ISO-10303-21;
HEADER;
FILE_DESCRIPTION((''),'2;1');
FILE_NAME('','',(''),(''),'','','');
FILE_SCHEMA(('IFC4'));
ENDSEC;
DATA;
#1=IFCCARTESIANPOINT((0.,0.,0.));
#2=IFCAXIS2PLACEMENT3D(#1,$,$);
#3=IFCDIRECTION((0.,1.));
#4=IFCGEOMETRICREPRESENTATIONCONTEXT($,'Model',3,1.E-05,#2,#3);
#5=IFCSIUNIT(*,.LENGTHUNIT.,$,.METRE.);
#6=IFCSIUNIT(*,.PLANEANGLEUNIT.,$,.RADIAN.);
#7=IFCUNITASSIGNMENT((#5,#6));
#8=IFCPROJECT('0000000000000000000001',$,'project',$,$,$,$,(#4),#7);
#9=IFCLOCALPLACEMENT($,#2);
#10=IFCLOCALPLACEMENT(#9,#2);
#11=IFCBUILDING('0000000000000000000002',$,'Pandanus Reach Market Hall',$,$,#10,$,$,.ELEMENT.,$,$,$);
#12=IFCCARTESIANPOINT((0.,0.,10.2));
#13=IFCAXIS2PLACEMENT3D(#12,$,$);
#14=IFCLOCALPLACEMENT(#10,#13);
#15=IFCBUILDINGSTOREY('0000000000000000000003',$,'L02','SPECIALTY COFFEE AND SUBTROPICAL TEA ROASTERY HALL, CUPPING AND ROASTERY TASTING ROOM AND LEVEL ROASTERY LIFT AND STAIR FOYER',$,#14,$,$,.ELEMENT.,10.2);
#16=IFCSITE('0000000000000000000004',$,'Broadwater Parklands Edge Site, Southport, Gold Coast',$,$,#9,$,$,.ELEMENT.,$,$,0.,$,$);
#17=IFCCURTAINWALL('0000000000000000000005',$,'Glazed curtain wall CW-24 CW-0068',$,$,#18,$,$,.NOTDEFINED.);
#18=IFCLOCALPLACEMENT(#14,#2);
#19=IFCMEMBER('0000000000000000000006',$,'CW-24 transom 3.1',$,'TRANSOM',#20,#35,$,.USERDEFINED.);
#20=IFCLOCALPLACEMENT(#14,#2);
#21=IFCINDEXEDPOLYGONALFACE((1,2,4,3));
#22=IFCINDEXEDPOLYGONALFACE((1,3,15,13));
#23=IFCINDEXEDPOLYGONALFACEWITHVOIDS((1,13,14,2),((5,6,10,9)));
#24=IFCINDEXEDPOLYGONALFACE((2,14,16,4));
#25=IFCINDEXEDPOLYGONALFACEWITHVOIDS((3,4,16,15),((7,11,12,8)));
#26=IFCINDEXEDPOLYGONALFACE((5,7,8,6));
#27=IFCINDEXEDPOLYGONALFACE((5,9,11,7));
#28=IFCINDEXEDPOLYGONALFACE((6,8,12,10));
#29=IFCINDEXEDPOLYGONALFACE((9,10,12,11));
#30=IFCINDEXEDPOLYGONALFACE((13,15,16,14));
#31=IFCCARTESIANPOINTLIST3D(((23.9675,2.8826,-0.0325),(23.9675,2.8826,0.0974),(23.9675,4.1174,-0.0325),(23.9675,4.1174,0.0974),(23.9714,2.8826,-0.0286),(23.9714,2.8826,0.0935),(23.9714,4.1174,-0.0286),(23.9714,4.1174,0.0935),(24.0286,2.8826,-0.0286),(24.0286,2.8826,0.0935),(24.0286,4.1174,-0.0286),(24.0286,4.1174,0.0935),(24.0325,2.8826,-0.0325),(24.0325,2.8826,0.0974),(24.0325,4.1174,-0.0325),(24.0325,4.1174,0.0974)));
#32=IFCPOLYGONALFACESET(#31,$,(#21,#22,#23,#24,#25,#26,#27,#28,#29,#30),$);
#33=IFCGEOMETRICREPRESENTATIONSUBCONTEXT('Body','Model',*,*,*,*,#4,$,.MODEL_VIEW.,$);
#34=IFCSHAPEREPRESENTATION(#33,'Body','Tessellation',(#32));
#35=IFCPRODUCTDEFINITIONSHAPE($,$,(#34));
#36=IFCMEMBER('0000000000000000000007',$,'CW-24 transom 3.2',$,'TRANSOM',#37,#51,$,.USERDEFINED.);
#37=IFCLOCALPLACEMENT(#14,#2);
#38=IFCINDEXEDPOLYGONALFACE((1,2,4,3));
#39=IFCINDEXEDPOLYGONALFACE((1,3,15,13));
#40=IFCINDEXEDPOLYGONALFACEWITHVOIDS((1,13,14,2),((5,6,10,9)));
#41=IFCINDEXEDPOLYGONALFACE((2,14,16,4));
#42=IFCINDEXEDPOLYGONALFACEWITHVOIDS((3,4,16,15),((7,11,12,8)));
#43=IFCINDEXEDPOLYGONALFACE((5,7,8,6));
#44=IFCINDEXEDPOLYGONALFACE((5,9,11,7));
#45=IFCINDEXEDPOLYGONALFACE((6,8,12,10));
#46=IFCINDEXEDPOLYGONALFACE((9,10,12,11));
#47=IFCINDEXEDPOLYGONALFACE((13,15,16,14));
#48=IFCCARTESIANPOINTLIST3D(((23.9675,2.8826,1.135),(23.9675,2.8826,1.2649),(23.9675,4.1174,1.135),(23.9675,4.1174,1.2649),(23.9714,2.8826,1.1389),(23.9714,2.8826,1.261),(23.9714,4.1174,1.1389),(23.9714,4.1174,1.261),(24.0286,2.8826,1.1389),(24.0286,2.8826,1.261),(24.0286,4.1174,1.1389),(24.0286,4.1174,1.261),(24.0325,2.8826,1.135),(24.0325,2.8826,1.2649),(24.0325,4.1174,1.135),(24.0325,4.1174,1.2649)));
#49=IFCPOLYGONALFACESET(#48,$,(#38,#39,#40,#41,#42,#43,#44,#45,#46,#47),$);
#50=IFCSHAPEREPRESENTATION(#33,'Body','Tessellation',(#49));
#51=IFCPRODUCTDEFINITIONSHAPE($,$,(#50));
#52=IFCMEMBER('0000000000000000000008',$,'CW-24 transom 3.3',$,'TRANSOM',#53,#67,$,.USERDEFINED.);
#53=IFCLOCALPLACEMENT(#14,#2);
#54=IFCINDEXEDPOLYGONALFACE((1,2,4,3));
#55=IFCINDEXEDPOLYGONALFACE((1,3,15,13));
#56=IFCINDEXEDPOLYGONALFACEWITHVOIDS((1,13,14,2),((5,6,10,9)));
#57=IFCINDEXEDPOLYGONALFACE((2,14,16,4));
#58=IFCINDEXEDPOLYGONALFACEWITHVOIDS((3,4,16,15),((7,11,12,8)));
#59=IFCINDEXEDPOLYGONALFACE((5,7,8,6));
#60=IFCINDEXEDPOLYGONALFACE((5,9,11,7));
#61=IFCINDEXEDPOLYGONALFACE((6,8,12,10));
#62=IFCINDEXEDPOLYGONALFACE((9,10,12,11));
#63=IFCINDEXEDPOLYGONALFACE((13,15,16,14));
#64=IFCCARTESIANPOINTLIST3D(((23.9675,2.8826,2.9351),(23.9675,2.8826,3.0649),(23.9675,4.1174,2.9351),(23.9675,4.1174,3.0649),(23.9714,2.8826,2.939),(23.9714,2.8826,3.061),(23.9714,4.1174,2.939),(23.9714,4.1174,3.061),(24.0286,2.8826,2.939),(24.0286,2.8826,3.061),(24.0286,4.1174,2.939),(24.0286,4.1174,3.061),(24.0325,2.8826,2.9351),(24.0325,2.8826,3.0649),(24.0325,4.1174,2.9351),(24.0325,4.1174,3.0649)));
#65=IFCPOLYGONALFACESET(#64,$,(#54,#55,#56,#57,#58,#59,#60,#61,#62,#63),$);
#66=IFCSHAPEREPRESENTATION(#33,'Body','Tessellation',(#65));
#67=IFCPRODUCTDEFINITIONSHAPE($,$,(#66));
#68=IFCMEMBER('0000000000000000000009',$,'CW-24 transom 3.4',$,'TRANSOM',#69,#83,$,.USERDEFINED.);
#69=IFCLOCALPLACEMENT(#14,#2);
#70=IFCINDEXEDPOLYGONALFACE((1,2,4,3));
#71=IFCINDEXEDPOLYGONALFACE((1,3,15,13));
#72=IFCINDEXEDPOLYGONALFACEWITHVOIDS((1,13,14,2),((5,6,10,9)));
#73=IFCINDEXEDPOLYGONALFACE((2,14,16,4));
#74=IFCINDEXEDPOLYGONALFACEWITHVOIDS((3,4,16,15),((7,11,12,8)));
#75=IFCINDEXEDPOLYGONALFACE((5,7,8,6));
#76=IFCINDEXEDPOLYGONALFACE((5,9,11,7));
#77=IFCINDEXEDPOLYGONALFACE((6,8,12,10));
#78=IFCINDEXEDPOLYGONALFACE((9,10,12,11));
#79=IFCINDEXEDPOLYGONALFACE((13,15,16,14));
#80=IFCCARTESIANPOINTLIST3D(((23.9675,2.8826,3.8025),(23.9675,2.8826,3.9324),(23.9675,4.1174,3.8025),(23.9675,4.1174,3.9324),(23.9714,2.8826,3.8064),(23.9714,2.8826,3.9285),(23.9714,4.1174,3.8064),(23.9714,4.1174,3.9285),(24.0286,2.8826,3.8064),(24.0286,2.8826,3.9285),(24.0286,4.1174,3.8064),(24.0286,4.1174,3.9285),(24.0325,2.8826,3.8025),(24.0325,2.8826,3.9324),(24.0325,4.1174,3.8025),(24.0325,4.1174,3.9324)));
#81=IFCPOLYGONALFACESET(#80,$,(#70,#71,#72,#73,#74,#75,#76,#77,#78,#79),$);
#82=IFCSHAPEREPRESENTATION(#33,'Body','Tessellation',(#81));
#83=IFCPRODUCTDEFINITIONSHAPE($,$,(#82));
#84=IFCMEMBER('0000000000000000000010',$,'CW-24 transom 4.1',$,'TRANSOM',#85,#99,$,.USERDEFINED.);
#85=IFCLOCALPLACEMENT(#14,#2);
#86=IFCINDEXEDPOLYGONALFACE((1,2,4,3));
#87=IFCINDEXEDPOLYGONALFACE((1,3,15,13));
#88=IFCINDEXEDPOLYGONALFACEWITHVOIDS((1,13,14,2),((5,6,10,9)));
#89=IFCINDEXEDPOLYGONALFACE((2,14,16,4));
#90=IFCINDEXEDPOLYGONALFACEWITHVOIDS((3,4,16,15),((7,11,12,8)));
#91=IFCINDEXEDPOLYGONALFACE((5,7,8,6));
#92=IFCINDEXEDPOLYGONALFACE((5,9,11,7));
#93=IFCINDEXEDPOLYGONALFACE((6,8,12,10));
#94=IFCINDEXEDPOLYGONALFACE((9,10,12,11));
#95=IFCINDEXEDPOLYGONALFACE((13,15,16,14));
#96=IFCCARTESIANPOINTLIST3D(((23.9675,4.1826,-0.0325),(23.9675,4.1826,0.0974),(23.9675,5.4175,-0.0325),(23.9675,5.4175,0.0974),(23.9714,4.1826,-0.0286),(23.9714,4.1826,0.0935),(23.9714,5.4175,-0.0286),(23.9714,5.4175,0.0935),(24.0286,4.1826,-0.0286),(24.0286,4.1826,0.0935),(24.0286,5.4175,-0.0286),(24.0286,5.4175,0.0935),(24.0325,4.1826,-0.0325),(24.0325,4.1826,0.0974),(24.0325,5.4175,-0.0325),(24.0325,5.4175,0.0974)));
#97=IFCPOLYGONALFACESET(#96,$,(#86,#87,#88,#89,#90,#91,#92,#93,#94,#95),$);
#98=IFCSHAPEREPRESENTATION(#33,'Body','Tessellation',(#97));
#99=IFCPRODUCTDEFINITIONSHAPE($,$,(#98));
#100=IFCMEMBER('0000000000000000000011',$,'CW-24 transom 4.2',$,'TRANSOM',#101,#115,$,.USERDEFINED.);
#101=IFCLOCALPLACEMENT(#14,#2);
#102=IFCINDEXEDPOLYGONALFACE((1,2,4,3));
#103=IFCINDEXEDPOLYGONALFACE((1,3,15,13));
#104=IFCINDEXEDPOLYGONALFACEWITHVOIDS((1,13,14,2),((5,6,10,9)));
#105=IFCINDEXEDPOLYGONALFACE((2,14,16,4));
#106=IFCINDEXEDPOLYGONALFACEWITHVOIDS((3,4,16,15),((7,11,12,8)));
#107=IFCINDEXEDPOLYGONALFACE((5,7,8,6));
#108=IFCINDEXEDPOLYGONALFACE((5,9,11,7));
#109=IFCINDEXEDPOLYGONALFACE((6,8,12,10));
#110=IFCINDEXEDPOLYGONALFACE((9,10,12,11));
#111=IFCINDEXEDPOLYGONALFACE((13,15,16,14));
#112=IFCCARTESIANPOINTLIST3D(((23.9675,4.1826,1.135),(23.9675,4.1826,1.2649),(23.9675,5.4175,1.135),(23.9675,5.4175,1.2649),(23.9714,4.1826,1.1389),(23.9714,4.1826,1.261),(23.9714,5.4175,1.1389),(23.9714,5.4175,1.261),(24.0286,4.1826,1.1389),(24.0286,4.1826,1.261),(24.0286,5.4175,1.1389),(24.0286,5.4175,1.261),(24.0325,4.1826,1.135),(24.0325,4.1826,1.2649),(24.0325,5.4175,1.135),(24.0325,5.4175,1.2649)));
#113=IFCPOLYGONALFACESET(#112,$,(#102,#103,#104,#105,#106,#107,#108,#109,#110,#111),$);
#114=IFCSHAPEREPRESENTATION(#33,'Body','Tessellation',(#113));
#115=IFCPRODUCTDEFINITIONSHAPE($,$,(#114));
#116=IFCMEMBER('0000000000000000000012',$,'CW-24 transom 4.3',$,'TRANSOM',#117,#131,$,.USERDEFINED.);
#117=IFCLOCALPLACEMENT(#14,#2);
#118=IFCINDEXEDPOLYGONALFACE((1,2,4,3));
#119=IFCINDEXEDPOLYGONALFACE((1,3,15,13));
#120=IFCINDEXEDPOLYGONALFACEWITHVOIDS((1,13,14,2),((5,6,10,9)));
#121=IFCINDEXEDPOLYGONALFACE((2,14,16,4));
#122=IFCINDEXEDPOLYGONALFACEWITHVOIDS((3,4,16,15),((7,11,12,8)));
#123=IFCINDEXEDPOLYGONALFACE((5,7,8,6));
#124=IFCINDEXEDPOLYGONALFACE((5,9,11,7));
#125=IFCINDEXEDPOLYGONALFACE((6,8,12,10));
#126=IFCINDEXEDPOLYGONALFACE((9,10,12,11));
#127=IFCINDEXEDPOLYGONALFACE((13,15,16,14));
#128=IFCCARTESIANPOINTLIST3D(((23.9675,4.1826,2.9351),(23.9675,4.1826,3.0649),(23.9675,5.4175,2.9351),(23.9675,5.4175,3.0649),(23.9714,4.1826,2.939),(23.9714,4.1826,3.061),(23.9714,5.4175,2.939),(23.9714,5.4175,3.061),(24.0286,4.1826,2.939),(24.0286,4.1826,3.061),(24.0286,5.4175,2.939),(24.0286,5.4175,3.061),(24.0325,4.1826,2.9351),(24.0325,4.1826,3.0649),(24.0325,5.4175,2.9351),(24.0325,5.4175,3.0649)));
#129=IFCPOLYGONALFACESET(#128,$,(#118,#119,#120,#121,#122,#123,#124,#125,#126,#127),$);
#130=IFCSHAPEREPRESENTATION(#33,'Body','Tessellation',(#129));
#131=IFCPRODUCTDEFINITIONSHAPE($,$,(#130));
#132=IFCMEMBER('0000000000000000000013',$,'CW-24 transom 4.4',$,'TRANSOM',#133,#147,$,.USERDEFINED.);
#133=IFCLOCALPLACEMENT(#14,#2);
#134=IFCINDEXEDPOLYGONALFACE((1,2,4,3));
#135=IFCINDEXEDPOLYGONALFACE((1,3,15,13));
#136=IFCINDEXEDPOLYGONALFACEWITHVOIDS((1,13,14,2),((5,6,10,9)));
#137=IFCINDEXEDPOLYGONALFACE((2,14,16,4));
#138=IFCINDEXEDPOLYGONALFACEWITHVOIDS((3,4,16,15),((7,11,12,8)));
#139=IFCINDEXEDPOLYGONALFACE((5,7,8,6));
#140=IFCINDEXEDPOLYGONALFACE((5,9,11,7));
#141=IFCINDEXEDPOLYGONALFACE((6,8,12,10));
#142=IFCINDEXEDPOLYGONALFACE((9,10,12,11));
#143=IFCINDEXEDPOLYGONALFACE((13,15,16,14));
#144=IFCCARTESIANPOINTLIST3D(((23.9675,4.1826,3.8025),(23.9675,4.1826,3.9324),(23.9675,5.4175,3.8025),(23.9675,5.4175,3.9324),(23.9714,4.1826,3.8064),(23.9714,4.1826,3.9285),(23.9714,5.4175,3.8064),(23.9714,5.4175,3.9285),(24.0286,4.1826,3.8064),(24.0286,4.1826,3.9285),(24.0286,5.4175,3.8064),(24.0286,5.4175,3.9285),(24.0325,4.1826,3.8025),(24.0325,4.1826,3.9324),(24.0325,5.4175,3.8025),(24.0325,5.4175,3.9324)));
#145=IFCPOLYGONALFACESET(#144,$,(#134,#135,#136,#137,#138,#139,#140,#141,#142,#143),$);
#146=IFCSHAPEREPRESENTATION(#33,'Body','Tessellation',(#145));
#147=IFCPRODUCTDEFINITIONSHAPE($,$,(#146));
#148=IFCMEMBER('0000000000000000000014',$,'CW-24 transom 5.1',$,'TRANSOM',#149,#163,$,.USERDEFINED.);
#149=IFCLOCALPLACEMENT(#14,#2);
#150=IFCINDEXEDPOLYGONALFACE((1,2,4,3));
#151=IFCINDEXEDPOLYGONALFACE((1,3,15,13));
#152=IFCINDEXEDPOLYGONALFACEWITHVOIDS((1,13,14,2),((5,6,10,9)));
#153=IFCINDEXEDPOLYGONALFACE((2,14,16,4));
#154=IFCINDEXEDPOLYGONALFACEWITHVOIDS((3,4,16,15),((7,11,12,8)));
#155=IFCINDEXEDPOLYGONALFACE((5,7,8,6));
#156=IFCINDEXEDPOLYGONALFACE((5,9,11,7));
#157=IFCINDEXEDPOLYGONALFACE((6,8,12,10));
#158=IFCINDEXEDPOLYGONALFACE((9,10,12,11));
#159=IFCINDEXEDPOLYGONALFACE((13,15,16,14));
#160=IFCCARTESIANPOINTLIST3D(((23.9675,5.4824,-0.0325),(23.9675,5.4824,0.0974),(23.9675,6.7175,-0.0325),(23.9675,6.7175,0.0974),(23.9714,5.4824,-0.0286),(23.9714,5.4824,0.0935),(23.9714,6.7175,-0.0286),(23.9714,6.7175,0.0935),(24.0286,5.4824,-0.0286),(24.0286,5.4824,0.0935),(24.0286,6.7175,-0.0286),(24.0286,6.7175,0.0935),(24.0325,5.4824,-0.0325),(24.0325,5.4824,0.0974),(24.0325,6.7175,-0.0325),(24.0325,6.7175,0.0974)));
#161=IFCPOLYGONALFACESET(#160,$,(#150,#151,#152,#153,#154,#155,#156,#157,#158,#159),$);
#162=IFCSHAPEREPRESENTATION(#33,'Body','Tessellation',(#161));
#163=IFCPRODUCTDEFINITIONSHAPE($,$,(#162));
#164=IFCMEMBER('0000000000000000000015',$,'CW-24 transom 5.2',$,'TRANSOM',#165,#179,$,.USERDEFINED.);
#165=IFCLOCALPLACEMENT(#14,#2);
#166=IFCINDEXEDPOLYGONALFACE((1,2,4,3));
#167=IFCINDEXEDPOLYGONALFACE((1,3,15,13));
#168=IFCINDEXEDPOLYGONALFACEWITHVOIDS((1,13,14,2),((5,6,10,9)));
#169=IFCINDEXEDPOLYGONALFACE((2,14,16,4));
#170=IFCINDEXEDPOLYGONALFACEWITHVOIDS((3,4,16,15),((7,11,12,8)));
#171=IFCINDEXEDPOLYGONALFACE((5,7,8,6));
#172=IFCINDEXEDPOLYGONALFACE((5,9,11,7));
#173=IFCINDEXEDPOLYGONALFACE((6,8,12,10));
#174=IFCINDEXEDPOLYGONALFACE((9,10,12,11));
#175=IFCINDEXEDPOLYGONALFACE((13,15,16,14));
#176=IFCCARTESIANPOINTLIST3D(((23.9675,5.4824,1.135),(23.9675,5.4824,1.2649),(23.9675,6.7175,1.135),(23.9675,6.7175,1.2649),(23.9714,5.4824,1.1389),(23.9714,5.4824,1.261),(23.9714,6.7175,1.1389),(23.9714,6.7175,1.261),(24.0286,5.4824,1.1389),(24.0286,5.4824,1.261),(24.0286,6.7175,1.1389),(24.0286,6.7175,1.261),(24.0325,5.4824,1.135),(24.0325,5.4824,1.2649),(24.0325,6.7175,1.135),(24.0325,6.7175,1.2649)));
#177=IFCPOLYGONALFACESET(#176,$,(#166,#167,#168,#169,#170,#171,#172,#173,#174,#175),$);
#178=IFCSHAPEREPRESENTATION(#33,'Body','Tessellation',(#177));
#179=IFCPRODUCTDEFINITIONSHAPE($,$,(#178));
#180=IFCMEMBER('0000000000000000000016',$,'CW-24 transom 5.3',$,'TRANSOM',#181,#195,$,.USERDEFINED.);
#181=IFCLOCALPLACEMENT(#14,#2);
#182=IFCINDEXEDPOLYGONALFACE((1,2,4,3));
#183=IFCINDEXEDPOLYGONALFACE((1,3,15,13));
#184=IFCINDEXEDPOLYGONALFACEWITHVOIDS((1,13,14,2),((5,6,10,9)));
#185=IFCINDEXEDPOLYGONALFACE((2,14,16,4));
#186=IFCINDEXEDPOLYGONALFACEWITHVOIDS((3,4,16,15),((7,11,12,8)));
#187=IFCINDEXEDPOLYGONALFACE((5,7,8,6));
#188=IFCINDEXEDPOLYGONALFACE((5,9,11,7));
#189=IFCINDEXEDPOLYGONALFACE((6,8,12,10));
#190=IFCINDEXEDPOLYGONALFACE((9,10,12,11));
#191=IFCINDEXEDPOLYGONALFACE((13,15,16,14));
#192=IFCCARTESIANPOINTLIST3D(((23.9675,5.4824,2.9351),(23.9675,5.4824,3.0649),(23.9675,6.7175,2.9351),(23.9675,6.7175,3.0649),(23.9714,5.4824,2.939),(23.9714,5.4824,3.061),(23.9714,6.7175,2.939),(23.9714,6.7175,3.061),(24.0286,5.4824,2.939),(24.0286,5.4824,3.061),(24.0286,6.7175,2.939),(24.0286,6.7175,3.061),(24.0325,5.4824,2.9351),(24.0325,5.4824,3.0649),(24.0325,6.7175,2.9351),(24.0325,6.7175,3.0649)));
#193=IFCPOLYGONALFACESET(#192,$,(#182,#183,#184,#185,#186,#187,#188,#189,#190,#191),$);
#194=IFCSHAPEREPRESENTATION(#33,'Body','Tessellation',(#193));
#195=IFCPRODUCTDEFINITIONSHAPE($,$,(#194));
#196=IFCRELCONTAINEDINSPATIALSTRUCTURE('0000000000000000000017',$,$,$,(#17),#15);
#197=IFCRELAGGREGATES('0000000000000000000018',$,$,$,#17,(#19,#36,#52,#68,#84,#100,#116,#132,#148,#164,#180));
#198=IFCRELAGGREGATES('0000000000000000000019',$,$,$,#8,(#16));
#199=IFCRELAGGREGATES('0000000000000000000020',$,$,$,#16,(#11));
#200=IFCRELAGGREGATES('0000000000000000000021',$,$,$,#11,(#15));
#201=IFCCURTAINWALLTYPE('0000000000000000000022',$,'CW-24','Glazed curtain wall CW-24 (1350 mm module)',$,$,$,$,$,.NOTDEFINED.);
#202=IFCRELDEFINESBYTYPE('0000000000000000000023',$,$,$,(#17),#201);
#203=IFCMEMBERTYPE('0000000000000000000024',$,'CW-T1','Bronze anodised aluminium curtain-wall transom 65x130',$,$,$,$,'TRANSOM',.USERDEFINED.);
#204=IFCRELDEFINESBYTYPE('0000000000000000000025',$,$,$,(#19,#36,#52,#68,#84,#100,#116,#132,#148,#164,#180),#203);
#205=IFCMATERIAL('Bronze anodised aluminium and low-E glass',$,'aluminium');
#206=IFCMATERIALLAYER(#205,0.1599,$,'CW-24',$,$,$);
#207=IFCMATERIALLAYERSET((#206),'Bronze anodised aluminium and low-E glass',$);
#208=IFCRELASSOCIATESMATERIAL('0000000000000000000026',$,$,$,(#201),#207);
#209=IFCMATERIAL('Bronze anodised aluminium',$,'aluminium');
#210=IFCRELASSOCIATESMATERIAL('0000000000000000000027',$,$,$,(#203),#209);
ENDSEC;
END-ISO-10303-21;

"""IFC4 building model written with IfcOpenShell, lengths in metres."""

from ifc_helpers import new_model, si_unit, direction, frame, origin, origin_2d, place, context, subcontext, project, spatial, hollow_rectangle, extrude, material, layer, layer_set, material_profile, profile_set, type_object, element, aggregate, save


model = new_model("IFC4")

# Units and contexts
model_context = context("Model", 3, precision=1e-05, world=origin(), true_north=direction((0.0, 1.0)))
body_context = subcontext(model_context, "Body", "Model", "MODEL_VIEW")
ifc_project = project(units=[si_unit("LENGTHUNIT", "METRE"), si_unit("PLANEANGLEUNIT", "RADIAN")], contexts=[model_context])

# Site, building, storey
site_placement = place(None, origin())
site = spatial("IfcSite", under=ifc_project, at=site_placement, Name="Broadwater Parklands Edge Site, Southport, Gold Coast", CompositionType="ELEMENT", RefElevation=0.0)
building_placement = place(site_placement, origin())
building = spatial("IfcBuilding", under=site, at=building_placement, Name="Pandanus Reach Market Hall", CompositionType="ELEMENT")
storey_placement = place(building_placement, frame((0.0, 0.0, 10.2)))
storey = spatial("IfcBuildingStorey", under=building, at=storey_placement, Name="L02", Description="SPECIALTY COFFEE AND SUBTROPICAL TEA ROASTERY HALL, CUPPING AND ROASTERY TASTING ROOM AND LEVEL ROASTERY LIFT AND STAIR FOYER", CompositionType="ELEMENT", Elevation=10.2)

# Curtain wall, members
ifc_material_1 = material(Name="Bronze anodised aluminium and low-E glass", Category="aluminium")
ifc_layer_1 = layer(ifc_material_1, 0.1599, Name="CW-24")
ifc_layer_set_1 = layer_set([ifc_layer_1], Name="Bronze anodised aluminium and low-E glass")
curtain_wall_type = type_object("IfcCurtainWallType", Name="CW-24", Description="Glazed curtain wall CW-24 (1350 mm module)", PredefinedType="NOTDEFINED", material=ifc_layer_set_1)
curtain_wall_placement = place(storey_placement, origin())
curtain_wall = element("IfcCurtainWall", 1, at=curtain_wall_placement, inside=storey, type_object=curtain_wall_type, Name="Glazed curtain wall CW-24 CW-0068", PredefinedType="NOTDEFINED")
ifc_material_2 = material(Name="Bronze anodised aluminium", Category="aluminium")
ifc_material_profile = material_profile(ifc_material_2, hollow_rectangle(XDim=0.0649, YDim=0.1299, WallThickness=0.0039, at=origin_2d()), Name="ALU65x130", Category="LoadBearing")
ifc_profile_set = profile_set([ifc_material_profile], Name="Bronze anodised aluminium")
member_type = type_object("IfcMemberType", Name="CW-T1", Description="Bronze anodised aluminium curtain-wall transom 65x130", ElementType="TRANSOM", PredefinedType="USERDEFINED", material=ifc_profile_set)
member_1_placement = place(storey_placement, frame((24.0, 2.8826, 0.0325), z_axis=(0.0, 1.0, 0.0), x_axis=(-1.0, 0.0, 0.0)))
member_1 = element("IfcMember", 2, at=member_1_placement, type_object=member_type, Name="CW-24 transom 3.1", ObjectType="TRANSOM", PredefinedType="USERDEFINED", context=body_context, shape_type="SweptSolid", body=[
    extrude(hollow_rectangle(XDim=0.0649, YDim=0.1299, WallThickness=0.0039, at=origin_2d()), origin(), (0.0, 0.0, 1.0), 1.2349),
])
member_2_placement = place(storey_placement, frame((24.0, 2.8826, 1.2), z_axis=(0.0, 1.0, 0.0), x_axis=(-1.0, 0.0, 0.0)))
member_2 = element("IfcMember", 3, at=member_2_placement, type_object=member_type, Name="CW-24 transom 3.2", ObjectType="TRANSOM", PredefinedType="USERDEFINED", context=body_context, shape_type="SweptSolid", body=[
    extrude(hollow_rectangle(XDim=0.0649, YDim=0.1299, WallThickness=0.0039, at=origin_2d()), origin(), (0.0, 0.0, 1.0), 1.2349),
])
member_3_placement = place(storey_placement, frame((24.0, 2.8826, 3.0), z_axis=(0.0, 1.0, 0.0), x_axis=(-1.0, 0.0, 0.0)))
member_3 = element("IfcMember", 4, at=member_3_placement, type_object=member_type, Name="CW-24 transom 3.3", ObjectType="TRANSOM", PredefinedType="USERDEFINED", context=body_context, shape_type="SweptSolid", body=[
    extrude(hollow_rectangle(XDim=0.0649, YDim=0.1299, WallThickness=0.0039, at=origin_2d()), origin(), (0.0, 0.0, 1.0), 1.2349),
])
member_4_placement = place(storey_placement, frame((24.0, 2.8826, 3.8674), z_axis=(0.0, 1.0, 0.0), x_axis=(-1.0, 0.0, 0.0)))
member_4 = element("IfcMember", 5, at=member_4_placement, type_object=member_type, Name="CW-24 transom 3.4", ObjectType="TRANSOM", PredefinedType="USERDEFINED", context=body_context, shape_type="SweptSolid", body=[
    extrude(hollow_rectangle(XDim=0.0649, YDim=0.1299, WallThickness=0.0039, at=origin_2d()), origin(), (0.0, 0.0, 1.0), 1.2349),
])
member_5_placement = place(storey_placement, frame((24.0, 4.1826, 0.0325), z_axis=(0.0, 1.0, 0.0), x_axis=(-1.0, 0.0, 0.0)))
member_5 = element("IfcMember", 6, at=member_5_placement, type_object=member_type, Name="CW-24 transom 4.1", ObjectType="TRANSOM", PredefinedType="USERDEFINED", context=body_context, shape_type="SweptSolid", body=[
    extrude(hollow_rectangle(XDim=0.0649, YDim=0.1299, WallThickness=0.0039, at=origin_2d()), origin(), (0.0, 0.0, 1.0), 1.2349),
])
member_6_placement = place(storey_placement, frame((24.0, 4.1826, 1.2), z_axis=(0.0, 1.0, 0.0), x_axis=(-1.0, 0.0, 0.0)))
member_6 = element("IfcMember", 7, at=member_6_placement, type_object=member_type, Name="CW-24 transom 4.2", ObjectType="TRANSOM", PredefinedType="USERDEFINED", context=body_context, shape_type="SweptSolid", body=[
    extrude(hollow_rectangle(XDim=0.0649, YDim=0.1299, WallThickness=0.0039, at=origin_2d()), origin(), (0.0, 0.0, 1.0), 1.2349),
])
member_7_placement = place(storey_placement, frame((24.0, 4.1826, 3.0), z_axis=(0.0, 1.0, 0.0), x_axis=(-1.0, 0.0, 0.0)))
member_7 = element("IfcMember", 8, at=member_7_placement, type_object=member_type, Name="CW-24 transom 4.3", ObjectType="TRANSOM", PredefinedType="USERDEFINED", context=body_context, shape_type="SweptSolid", body=[
    extrude(hollow_rectangle(XDim=0.0649, YDim=0.1299, WallThickness=0.0039, at=origin_2d()), origin(), (0.0, 0.0, 1.0), 1.2349),
])
member_8_placement = place(storey_placement, frame((24.0, 4.1826, 3.8674), z_axis=(0.0, 1.0, 0.0), x_axis=(-1.0, 0.0, 0.0)))
member_8 = element("IfcMember", 9, at=member_8_placement, type_object=member_type, Name="CW-24 transom 4.4", ObjectType="TRANSOM", PredefinedType="USERDEFINED", context=body_context, shape_type="SweptSolid", body=[
    extrude(hollow_rectangle(XDim=0.0649, YDim=0.1299, WallThickness=0.0039, at=origin_2d()), origin(), (0.0, 0.0, 1.0), 1.2349),
])
member_9_placement = place(storey_placement, frame((24.0, 5.4824, 0.0325), z_axis=(0.0, 1.0, 0.0), x_axis=(-1.0, 0.0, 0.0)))
member_9 = element("IfcMember", 10, at=member_9_placement, type_object=member_type, Name="CW-24 transom 5.1", ObjectType="TRANSOM", PredefinedType="USERDEFINED", context=body_context, shape_type="SweptSolid", body=[
    extrude(hollow_rectangle(XDim=0.0649, YDim=0.1299, WallThickness=0.0039, at=origin_2d()), origin(), (0.0, 0.0, 1.0), 1.2351),
])
member_10_placement = place(storey_placement, frame((24.0, 5.4824, 1.2), z_axis=(0.0, 1.0, 0.0), x_axis=(-1.0, 0.0, 0.0)))
member_10 = element("IfcMember", 11, at=member_10_placement, type_object=member_type, Name="CW-24 transom 5.2", ObjectType="TRANSOM", PredefinedType="USERDEFINED", context=body_context, shape_type="SweptSolid", body=[
    extrude(hollow_rectangle(XDim=0.0649, YDim=0.1299, WallThickness=0.0039, at=origin_2d()), origin(), (0.0, 0.0, 1.0), 1.2351),
])
member_11_placement = place(storey_placement, frame((24.0, 5.4824, 3.0), z_axis=(0.0, 1.0, 0.0), x_axis=(-1.0, 0.0, 0.0)))
member_11 = element("IfcMember", 12, at=member_11_placement, type_object=member_type, Name="CW-24 transom 5.3", ObjectType="TRANSOM", PredefinedType="USERDEFINED", context=body_context, shape_type="SweptSolid", body=[
    extrude(hollow_rectangle(XDim=0.0649, YDim=0.1299, WallThickness=0.0039, at=origin_2d()), origin(), (0.0, 0.0, 1.0), 1.2351),
])
aggregate(curtain_wall, [member_1, member_2, member_3, member_4, member_5, member_6, member_7, member_8, member_9, member_10, member_11])

save(model, "model.ifc")
